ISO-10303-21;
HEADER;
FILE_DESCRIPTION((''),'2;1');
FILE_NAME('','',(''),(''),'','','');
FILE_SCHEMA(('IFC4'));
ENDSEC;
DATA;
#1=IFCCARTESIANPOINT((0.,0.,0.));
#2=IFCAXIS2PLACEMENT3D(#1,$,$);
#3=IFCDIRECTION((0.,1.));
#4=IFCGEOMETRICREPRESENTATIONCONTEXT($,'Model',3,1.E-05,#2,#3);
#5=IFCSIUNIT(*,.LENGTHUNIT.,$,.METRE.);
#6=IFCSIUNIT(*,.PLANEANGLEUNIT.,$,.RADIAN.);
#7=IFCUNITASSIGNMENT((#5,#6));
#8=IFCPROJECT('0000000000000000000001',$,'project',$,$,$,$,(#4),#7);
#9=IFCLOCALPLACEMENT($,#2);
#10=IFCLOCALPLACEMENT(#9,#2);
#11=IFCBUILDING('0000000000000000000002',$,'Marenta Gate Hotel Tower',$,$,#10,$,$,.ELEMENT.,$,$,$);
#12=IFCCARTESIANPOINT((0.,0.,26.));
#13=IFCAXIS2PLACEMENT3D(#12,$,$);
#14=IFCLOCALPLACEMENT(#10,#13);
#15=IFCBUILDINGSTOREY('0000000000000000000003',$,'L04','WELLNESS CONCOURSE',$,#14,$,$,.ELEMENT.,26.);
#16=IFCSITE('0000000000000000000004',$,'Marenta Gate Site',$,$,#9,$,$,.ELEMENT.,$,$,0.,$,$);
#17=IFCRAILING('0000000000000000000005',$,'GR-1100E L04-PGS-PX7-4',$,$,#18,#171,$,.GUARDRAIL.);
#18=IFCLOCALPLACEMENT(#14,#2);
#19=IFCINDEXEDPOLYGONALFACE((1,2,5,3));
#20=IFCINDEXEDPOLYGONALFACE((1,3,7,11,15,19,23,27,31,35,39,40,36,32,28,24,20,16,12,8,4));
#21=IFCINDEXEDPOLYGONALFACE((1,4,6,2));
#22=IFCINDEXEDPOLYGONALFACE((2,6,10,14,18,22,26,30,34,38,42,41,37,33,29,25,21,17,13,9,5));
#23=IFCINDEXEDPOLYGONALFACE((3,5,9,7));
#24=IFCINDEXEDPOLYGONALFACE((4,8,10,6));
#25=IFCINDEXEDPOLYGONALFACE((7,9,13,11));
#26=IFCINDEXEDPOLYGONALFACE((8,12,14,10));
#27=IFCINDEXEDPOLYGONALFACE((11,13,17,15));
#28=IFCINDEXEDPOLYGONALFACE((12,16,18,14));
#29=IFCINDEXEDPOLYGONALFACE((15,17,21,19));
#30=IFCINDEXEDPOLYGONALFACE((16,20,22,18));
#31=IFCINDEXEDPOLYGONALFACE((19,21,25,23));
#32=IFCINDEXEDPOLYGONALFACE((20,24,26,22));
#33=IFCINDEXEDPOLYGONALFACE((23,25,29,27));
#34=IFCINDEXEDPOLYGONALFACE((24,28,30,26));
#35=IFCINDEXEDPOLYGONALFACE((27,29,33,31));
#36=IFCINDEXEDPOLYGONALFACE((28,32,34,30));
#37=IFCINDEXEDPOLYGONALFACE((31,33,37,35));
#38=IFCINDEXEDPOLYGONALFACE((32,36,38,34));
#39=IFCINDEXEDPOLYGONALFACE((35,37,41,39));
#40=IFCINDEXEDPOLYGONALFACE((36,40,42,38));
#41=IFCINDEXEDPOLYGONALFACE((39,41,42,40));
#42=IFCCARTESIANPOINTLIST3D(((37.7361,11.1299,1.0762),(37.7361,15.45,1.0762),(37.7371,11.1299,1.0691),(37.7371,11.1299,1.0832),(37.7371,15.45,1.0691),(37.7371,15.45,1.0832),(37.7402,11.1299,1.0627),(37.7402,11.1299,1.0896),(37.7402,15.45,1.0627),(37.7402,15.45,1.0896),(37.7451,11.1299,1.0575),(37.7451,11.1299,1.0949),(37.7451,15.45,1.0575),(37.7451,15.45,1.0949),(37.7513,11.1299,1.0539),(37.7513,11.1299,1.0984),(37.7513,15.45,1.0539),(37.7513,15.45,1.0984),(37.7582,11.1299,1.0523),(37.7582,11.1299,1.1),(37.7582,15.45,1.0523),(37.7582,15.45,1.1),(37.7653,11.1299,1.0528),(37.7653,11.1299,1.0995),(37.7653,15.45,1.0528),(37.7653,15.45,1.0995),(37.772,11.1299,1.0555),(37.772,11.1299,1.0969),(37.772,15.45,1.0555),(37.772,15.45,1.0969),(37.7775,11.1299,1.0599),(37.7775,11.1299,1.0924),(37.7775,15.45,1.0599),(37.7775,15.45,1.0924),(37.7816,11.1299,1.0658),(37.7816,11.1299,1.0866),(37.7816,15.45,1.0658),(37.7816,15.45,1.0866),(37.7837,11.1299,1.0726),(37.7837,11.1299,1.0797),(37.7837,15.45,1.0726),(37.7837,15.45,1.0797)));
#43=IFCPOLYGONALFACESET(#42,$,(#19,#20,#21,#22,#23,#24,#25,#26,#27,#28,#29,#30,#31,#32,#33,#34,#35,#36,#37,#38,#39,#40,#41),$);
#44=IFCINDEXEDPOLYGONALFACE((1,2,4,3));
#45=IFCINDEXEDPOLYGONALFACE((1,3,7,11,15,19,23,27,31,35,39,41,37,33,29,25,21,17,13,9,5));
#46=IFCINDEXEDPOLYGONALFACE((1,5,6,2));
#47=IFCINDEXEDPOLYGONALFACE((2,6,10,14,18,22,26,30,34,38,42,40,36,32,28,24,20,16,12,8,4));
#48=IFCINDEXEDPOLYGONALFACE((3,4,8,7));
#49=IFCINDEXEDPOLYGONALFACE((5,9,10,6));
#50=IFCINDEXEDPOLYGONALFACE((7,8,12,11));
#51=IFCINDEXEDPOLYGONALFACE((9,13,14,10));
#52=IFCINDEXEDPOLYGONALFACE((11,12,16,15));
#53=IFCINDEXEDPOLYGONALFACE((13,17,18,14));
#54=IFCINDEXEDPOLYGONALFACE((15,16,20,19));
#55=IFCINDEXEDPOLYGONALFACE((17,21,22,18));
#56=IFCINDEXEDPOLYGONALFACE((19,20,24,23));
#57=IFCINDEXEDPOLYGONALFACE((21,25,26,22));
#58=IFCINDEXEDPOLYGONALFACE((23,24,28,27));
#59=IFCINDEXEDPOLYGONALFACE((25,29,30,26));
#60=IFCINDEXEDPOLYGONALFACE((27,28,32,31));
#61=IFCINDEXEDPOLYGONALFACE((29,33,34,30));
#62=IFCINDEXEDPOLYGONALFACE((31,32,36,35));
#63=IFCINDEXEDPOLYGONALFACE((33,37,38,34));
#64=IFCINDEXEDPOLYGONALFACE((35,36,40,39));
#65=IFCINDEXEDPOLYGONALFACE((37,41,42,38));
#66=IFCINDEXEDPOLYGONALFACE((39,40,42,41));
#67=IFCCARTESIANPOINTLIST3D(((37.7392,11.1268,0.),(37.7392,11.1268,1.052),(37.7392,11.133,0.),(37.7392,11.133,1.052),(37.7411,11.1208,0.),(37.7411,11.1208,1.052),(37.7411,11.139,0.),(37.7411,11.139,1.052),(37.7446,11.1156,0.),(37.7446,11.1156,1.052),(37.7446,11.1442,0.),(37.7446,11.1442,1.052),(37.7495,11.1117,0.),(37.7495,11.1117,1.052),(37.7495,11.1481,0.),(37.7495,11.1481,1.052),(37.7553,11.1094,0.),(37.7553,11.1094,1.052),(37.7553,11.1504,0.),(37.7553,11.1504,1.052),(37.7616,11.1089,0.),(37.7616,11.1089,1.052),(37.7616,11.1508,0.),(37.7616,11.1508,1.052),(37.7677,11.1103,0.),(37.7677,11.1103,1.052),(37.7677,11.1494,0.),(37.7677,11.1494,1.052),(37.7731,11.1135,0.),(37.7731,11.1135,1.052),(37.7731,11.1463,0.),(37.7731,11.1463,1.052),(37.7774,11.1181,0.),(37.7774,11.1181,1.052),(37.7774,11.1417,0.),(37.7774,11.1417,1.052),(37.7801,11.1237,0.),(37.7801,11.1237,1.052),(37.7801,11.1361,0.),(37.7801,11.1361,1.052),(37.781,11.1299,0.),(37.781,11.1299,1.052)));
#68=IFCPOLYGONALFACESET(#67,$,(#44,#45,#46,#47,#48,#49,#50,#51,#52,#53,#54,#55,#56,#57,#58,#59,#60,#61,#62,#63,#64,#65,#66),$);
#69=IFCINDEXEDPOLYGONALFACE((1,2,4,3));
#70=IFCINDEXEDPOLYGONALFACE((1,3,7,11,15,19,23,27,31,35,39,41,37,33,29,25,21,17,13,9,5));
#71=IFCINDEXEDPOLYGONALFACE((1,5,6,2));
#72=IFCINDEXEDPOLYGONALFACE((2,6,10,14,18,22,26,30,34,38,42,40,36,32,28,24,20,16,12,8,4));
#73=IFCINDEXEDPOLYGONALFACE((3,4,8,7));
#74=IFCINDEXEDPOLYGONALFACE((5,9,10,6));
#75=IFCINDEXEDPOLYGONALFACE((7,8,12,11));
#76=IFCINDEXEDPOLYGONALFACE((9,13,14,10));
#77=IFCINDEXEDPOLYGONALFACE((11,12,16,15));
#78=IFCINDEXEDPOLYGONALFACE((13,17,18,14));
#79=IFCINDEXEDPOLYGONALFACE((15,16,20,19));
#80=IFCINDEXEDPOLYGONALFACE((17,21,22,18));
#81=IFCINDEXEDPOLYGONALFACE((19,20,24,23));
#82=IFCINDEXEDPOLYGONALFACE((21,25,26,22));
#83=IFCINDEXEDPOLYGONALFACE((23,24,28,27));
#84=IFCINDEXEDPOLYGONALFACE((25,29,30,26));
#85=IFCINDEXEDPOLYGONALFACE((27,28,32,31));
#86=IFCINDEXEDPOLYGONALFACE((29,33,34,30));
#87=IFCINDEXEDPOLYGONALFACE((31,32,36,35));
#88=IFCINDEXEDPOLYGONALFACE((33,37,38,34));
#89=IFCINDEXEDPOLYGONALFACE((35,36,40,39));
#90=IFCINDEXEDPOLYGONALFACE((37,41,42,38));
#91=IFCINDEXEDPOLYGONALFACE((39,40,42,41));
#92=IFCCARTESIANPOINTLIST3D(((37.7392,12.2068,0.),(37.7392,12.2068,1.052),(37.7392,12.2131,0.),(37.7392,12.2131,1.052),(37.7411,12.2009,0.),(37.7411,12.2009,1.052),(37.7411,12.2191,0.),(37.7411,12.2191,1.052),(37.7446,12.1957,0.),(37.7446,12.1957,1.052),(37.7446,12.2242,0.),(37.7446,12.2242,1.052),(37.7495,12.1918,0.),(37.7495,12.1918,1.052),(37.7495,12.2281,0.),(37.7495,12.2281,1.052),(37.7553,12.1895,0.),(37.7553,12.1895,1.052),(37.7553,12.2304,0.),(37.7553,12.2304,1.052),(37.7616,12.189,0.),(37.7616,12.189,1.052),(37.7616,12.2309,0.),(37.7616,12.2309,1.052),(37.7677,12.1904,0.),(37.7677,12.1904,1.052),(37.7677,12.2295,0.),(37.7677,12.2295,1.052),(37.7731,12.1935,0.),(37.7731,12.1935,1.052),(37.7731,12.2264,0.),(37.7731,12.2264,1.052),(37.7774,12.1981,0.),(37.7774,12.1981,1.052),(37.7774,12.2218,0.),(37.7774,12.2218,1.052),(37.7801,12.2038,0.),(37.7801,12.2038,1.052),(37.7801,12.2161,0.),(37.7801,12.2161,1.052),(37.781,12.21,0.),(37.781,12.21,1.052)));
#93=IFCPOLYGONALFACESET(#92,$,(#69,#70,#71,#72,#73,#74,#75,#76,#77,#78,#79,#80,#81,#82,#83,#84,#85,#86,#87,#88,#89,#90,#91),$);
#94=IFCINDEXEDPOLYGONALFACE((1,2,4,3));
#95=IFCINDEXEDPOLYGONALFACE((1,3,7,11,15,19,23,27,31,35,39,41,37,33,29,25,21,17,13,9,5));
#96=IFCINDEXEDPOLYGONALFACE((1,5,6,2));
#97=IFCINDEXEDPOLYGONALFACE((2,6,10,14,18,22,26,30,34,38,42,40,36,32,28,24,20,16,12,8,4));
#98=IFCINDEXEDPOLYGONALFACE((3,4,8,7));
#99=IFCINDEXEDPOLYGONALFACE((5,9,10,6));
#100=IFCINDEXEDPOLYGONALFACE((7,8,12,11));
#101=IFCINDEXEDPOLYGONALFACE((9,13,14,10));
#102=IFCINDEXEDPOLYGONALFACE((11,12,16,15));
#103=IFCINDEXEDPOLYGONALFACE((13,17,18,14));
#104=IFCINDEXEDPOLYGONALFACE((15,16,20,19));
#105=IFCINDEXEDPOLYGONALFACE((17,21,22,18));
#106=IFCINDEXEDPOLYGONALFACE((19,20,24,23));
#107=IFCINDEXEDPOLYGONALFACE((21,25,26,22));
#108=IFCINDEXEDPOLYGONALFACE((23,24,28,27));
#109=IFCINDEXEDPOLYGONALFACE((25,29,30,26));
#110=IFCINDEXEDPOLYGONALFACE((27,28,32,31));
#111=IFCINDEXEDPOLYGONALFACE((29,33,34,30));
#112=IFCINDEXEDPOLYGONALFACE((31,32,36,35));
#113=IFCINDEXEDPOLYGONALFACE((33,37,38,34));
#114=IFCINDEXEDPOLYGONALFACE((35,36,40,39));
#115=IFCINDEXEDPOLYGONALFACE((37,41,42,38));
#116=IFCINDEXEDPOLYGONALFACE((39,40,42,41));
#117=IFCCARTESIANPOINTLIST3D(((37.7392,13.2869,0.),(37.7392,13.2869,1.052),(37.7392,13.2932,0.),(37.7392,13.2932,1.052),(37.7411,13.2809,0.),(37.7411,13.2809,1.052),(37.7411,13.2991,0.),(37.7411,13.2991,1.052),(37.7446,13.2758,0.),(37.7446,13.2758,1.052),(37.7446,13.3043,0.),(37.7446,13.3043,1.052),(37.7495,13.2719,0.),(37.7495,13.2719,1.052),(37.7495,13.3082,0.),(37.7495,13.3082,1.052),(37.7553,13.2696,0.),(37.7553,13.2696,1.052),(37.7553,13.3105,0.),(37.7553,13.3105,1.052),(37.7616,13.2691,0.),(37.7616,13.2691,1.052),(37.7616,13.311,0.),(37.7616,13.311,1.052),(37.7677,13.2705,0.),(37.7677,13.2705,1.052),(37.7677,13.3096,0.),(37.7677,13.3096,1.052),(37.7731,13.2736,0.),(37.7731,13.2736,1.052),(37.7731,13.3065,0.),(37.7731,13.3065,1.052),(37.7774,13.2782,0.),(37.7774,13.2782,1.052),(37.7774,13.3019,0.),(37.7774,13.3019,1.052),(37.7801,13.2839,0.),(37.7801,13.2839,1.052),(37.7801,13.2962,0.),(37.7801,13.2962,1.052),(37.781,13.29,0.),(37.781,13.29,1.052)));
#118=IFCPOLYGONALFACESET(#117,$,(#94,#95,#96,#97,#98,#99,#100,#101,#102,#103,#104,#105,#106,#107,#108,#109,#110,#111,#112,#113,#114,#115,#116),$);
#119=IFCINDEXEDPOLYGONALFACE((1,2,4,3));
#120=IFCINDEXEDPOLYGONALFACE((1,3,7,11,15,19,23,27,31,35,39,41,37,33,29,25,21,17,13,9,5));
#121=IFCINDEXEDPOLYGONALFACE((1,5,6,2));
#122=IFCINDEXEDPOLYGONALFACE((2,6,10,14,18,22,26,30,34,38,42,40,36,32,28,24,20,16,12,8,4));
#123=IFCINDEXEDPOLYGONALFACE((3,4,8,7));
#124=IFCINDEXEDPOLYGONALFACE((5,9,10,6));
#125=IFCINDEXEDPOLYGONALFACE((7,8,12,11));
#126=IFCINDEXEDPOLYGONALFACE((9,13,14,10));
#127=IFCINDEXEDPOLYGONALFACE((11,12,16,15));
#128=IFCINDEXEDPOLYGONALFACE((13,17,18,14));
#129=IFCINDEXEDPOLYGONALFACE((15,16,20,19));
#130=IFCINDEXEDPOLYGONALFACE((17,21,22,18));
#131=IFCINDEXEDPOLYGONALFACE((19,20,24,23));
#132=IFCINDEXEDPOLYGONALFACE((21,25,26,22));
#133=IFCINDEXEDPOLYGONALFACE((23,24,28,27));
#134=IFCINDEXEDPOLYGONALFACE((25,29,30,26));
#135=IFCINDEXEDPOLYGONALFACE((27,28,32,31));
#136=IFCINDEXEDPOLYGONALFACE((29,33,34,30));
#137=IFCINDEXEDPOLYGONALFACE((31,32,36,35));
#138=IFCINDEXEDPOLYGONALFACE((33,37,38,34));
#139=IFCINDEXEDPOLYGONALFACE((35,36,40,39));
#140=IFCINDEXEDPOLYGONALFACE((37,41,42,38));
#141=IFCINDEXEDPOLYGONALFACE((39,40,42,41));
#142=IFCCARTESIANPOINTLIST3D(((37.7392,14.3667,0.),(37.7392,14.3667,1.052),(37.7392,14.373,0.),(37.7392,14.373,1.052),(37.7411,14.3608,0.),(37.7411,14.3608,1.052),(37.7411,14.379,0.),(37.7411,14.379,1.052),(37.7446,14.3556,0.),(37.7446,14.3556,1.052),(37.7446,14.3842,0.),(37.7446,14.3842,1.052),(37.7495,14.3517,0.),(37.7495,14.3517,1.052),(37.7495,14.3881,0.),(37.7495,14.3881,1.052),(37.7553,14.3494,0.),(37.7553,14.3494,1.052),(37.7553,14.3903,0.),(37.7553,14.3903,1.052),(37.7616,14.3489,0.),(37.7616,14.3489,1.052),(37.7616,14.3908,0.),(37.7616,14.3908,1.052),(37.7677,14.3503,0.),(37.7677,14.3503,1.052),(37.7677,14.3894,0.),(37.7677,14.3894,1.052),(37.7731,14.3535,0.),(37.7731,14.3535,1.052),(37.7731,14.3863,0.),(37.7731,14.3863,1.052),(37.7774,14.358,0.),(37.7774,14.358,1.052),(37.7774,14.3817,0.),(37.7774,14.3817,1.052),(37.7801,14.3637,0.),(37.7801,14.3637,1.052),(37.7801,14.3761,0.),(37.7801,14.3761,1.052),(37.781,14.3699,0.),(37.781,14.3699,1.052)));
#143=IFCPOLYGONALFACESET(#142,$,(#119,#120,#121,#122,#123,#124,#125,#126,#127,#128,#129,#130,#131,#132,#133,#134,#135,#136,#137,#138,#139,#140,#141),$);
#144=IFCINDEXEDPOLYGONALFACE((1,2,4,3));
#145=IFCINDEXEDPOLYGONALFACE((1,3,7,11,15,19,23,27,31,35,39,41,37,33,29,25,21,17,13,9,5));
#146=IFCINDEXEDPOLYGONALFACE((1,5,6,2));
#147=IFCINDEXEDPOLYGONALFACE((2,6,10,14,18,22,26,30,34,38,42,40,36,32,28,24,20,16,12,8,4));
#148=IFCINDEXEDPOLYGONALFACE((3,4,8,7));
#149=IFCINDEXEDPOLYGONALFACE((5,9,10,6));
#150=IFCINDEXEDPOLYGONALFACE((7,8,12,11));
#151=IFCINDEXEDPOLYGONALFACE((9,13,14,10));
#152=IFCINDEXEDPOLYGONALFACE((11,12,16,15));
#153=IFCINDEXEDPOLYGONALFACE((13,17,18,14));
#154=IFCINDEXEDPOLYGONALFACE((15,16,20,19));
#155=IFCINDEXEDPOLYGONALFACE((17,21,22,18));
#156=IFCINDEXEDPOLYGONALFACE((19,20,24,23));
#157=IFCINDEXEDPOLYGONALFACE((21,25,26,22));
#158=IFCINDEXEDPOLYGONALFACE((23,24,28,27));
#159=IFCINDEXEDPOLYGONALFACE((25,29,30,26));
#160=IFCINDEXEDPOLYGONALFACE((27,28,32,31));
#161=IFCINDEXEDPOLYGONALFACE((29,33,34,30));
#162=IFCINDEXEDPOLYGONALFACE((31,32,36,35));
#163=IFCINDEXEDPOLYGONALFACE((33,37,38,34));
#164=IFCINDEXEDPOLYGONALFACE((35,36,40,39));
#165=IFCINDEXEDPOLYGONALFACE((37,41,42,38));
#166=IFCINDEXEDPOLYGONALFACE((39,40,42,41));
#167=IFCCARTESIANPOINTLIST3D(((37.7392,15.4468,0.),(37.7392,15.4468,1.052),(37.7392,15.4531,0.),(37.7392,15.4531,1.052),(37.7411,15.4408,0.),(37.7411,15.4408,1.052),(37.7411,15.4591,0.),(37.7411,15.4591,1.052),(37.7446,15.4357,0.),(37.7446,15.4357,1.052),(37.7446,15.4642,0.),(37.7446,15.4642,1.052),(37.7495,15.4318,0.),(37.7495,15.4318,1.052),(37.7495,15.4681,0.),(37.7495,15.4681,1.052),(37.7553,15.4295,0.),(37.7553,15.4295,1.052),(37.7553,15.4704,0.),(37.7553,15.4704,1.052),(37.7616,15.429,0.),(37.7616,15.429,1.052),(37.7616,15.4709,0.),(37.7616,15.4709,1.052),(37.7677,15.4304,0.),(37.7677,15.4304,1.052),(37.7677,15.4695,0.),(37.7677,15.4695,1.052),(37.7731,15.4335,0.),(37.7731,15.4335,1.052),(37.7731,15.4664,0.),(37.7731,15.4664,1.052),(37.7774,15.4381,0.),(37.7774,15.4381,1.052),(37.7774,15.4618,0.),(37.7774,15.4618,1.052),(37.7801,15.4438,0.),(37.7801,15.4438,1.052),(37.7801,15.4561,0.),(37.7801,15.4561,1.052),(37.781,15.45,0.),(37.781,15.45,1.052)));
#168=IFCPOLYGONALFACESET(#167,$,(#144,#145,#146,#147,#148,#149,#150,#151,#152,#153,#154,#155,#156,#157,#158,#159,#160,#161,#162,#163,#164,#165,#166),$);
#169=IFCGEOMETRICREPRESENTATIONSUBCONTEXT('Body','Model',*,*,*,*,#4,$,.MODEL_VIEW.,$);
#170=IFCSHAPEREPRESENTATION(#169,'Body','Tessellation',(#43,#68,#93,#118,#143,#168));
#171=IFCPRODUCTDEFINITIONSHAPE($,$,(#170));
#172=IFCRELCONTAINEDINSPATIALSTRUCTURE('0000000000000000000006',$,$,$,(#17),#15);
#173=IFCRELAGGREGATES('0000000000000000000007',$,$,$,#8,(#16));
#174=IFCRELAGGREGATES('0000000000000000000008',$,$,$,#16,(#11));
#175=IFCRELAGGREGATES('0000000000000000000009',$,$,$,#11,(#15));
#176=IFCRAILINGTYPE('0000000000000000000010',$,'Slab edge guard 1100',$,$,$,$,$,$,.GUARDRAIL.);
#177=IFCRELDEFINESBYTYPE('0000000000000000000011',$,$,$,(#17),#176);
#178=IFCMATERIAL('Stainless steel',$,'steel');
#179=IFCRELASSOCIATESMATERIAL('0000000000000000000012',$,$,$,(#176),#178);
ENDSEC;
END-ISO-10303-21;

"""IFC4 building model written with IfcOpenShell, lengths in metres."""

from ifc_helpers import new_model, si_unit, direction, frame, origin, origin_2d, place, context, subcontext, project, spatial, circle, extrude, material, type_object, element, save


model = new_model("IFC4")

# Units and contexts
model_context = context("Model", 3, precision=1e-05, world=origin(), true_north=direction((0.0, 1.0)))
body_context = subcontext(model_context, "Body", "Model", "MODEL_VIEW")
ifc_project = project(units=[si_unit("LENGTHUNIT", "METRE"), si_unit("PLANEANGLEUNIT", "RADIAN")], contexts=[model_context])

# Site, building, storey
site_placement = place(None, origin())
site = spatial("IfcSite", under=ifc_project, at=site_placement, Name="Marenta Gate Site", CompositionType="ELEMENT", RefElevation=0.0)
building_placement = place(site_placement, origin())
building = spatial("IfcBuilding", under=site, at=building_placement, Name="Marenta Gate Hotel Tower", CompositionType="ELEMENT")
storey_placement = place(building_placement, frame((0.0, 0.0, 26.0)))
storey = spatial("IfcBuildingStorey", under=building, at=storey_placement, Name="L04", Description="WELLNESS CONCOURSE", CompositionType="ELEMENT", Elevation=26.0)

# Railing
ifc_material_1 = material(Name="Stainless steel", Category="steel")
railing_type_1 = type_object("IfcRailingType", Name="Slab edge guard 1100", PredefinedType="GUARDRAIL", material=ifc_material_1)
railing_1_placement = place(storey_placement, frame((37.76, 11.1299, 0.0)))
element("IfcRailing", 1, at=railing_1_placement, inside=storey, type_object=railing_type_1, Name="GR-1100E L04-PGS-PX7-4", PredefinedType="GUARDRAIL", context=body_context, shape_type="SweptSolid", body=[
    extrude(circle(Radius=0.0239, at=origin_2d()), frame((0.0, 0.0, 1.0762), z_axis=(0.0, 1.0, 0.0), x_axis=(-1.0, 0.0, 0.0)), (0.0, 0.0, 1.0), 4.3201),
    extrude(circle(Radius=0.021, at=origin_2d()), origin(), (0.0, 0.0, 1.0), 1.052),
    extrude(circle(Radius=0.021, at=origin_2d()), frame((0.0, 1.0801, 0.0)), (0.0, 0.0, 1.0), 1.052),
    extrude(circle(Radius=0.021, at=origin_2d()), frame((0.0, 2.1602, 0.0)), (0.0, 0.0, 1.0), 1.052),
    extrude(circle(Radius=0.021, at=origin_2d()), frame((0.0, 3.24, 0.0)), (0.0, 0.0, 1.0), 1.052),
    extrude(circle(Radius=0.021, at=origin_2d()), frame((0.0, 4.3201, 0.0)), (0.0, 0.0, 1.0), 1.052),
])

save(model, "model.ifc")
